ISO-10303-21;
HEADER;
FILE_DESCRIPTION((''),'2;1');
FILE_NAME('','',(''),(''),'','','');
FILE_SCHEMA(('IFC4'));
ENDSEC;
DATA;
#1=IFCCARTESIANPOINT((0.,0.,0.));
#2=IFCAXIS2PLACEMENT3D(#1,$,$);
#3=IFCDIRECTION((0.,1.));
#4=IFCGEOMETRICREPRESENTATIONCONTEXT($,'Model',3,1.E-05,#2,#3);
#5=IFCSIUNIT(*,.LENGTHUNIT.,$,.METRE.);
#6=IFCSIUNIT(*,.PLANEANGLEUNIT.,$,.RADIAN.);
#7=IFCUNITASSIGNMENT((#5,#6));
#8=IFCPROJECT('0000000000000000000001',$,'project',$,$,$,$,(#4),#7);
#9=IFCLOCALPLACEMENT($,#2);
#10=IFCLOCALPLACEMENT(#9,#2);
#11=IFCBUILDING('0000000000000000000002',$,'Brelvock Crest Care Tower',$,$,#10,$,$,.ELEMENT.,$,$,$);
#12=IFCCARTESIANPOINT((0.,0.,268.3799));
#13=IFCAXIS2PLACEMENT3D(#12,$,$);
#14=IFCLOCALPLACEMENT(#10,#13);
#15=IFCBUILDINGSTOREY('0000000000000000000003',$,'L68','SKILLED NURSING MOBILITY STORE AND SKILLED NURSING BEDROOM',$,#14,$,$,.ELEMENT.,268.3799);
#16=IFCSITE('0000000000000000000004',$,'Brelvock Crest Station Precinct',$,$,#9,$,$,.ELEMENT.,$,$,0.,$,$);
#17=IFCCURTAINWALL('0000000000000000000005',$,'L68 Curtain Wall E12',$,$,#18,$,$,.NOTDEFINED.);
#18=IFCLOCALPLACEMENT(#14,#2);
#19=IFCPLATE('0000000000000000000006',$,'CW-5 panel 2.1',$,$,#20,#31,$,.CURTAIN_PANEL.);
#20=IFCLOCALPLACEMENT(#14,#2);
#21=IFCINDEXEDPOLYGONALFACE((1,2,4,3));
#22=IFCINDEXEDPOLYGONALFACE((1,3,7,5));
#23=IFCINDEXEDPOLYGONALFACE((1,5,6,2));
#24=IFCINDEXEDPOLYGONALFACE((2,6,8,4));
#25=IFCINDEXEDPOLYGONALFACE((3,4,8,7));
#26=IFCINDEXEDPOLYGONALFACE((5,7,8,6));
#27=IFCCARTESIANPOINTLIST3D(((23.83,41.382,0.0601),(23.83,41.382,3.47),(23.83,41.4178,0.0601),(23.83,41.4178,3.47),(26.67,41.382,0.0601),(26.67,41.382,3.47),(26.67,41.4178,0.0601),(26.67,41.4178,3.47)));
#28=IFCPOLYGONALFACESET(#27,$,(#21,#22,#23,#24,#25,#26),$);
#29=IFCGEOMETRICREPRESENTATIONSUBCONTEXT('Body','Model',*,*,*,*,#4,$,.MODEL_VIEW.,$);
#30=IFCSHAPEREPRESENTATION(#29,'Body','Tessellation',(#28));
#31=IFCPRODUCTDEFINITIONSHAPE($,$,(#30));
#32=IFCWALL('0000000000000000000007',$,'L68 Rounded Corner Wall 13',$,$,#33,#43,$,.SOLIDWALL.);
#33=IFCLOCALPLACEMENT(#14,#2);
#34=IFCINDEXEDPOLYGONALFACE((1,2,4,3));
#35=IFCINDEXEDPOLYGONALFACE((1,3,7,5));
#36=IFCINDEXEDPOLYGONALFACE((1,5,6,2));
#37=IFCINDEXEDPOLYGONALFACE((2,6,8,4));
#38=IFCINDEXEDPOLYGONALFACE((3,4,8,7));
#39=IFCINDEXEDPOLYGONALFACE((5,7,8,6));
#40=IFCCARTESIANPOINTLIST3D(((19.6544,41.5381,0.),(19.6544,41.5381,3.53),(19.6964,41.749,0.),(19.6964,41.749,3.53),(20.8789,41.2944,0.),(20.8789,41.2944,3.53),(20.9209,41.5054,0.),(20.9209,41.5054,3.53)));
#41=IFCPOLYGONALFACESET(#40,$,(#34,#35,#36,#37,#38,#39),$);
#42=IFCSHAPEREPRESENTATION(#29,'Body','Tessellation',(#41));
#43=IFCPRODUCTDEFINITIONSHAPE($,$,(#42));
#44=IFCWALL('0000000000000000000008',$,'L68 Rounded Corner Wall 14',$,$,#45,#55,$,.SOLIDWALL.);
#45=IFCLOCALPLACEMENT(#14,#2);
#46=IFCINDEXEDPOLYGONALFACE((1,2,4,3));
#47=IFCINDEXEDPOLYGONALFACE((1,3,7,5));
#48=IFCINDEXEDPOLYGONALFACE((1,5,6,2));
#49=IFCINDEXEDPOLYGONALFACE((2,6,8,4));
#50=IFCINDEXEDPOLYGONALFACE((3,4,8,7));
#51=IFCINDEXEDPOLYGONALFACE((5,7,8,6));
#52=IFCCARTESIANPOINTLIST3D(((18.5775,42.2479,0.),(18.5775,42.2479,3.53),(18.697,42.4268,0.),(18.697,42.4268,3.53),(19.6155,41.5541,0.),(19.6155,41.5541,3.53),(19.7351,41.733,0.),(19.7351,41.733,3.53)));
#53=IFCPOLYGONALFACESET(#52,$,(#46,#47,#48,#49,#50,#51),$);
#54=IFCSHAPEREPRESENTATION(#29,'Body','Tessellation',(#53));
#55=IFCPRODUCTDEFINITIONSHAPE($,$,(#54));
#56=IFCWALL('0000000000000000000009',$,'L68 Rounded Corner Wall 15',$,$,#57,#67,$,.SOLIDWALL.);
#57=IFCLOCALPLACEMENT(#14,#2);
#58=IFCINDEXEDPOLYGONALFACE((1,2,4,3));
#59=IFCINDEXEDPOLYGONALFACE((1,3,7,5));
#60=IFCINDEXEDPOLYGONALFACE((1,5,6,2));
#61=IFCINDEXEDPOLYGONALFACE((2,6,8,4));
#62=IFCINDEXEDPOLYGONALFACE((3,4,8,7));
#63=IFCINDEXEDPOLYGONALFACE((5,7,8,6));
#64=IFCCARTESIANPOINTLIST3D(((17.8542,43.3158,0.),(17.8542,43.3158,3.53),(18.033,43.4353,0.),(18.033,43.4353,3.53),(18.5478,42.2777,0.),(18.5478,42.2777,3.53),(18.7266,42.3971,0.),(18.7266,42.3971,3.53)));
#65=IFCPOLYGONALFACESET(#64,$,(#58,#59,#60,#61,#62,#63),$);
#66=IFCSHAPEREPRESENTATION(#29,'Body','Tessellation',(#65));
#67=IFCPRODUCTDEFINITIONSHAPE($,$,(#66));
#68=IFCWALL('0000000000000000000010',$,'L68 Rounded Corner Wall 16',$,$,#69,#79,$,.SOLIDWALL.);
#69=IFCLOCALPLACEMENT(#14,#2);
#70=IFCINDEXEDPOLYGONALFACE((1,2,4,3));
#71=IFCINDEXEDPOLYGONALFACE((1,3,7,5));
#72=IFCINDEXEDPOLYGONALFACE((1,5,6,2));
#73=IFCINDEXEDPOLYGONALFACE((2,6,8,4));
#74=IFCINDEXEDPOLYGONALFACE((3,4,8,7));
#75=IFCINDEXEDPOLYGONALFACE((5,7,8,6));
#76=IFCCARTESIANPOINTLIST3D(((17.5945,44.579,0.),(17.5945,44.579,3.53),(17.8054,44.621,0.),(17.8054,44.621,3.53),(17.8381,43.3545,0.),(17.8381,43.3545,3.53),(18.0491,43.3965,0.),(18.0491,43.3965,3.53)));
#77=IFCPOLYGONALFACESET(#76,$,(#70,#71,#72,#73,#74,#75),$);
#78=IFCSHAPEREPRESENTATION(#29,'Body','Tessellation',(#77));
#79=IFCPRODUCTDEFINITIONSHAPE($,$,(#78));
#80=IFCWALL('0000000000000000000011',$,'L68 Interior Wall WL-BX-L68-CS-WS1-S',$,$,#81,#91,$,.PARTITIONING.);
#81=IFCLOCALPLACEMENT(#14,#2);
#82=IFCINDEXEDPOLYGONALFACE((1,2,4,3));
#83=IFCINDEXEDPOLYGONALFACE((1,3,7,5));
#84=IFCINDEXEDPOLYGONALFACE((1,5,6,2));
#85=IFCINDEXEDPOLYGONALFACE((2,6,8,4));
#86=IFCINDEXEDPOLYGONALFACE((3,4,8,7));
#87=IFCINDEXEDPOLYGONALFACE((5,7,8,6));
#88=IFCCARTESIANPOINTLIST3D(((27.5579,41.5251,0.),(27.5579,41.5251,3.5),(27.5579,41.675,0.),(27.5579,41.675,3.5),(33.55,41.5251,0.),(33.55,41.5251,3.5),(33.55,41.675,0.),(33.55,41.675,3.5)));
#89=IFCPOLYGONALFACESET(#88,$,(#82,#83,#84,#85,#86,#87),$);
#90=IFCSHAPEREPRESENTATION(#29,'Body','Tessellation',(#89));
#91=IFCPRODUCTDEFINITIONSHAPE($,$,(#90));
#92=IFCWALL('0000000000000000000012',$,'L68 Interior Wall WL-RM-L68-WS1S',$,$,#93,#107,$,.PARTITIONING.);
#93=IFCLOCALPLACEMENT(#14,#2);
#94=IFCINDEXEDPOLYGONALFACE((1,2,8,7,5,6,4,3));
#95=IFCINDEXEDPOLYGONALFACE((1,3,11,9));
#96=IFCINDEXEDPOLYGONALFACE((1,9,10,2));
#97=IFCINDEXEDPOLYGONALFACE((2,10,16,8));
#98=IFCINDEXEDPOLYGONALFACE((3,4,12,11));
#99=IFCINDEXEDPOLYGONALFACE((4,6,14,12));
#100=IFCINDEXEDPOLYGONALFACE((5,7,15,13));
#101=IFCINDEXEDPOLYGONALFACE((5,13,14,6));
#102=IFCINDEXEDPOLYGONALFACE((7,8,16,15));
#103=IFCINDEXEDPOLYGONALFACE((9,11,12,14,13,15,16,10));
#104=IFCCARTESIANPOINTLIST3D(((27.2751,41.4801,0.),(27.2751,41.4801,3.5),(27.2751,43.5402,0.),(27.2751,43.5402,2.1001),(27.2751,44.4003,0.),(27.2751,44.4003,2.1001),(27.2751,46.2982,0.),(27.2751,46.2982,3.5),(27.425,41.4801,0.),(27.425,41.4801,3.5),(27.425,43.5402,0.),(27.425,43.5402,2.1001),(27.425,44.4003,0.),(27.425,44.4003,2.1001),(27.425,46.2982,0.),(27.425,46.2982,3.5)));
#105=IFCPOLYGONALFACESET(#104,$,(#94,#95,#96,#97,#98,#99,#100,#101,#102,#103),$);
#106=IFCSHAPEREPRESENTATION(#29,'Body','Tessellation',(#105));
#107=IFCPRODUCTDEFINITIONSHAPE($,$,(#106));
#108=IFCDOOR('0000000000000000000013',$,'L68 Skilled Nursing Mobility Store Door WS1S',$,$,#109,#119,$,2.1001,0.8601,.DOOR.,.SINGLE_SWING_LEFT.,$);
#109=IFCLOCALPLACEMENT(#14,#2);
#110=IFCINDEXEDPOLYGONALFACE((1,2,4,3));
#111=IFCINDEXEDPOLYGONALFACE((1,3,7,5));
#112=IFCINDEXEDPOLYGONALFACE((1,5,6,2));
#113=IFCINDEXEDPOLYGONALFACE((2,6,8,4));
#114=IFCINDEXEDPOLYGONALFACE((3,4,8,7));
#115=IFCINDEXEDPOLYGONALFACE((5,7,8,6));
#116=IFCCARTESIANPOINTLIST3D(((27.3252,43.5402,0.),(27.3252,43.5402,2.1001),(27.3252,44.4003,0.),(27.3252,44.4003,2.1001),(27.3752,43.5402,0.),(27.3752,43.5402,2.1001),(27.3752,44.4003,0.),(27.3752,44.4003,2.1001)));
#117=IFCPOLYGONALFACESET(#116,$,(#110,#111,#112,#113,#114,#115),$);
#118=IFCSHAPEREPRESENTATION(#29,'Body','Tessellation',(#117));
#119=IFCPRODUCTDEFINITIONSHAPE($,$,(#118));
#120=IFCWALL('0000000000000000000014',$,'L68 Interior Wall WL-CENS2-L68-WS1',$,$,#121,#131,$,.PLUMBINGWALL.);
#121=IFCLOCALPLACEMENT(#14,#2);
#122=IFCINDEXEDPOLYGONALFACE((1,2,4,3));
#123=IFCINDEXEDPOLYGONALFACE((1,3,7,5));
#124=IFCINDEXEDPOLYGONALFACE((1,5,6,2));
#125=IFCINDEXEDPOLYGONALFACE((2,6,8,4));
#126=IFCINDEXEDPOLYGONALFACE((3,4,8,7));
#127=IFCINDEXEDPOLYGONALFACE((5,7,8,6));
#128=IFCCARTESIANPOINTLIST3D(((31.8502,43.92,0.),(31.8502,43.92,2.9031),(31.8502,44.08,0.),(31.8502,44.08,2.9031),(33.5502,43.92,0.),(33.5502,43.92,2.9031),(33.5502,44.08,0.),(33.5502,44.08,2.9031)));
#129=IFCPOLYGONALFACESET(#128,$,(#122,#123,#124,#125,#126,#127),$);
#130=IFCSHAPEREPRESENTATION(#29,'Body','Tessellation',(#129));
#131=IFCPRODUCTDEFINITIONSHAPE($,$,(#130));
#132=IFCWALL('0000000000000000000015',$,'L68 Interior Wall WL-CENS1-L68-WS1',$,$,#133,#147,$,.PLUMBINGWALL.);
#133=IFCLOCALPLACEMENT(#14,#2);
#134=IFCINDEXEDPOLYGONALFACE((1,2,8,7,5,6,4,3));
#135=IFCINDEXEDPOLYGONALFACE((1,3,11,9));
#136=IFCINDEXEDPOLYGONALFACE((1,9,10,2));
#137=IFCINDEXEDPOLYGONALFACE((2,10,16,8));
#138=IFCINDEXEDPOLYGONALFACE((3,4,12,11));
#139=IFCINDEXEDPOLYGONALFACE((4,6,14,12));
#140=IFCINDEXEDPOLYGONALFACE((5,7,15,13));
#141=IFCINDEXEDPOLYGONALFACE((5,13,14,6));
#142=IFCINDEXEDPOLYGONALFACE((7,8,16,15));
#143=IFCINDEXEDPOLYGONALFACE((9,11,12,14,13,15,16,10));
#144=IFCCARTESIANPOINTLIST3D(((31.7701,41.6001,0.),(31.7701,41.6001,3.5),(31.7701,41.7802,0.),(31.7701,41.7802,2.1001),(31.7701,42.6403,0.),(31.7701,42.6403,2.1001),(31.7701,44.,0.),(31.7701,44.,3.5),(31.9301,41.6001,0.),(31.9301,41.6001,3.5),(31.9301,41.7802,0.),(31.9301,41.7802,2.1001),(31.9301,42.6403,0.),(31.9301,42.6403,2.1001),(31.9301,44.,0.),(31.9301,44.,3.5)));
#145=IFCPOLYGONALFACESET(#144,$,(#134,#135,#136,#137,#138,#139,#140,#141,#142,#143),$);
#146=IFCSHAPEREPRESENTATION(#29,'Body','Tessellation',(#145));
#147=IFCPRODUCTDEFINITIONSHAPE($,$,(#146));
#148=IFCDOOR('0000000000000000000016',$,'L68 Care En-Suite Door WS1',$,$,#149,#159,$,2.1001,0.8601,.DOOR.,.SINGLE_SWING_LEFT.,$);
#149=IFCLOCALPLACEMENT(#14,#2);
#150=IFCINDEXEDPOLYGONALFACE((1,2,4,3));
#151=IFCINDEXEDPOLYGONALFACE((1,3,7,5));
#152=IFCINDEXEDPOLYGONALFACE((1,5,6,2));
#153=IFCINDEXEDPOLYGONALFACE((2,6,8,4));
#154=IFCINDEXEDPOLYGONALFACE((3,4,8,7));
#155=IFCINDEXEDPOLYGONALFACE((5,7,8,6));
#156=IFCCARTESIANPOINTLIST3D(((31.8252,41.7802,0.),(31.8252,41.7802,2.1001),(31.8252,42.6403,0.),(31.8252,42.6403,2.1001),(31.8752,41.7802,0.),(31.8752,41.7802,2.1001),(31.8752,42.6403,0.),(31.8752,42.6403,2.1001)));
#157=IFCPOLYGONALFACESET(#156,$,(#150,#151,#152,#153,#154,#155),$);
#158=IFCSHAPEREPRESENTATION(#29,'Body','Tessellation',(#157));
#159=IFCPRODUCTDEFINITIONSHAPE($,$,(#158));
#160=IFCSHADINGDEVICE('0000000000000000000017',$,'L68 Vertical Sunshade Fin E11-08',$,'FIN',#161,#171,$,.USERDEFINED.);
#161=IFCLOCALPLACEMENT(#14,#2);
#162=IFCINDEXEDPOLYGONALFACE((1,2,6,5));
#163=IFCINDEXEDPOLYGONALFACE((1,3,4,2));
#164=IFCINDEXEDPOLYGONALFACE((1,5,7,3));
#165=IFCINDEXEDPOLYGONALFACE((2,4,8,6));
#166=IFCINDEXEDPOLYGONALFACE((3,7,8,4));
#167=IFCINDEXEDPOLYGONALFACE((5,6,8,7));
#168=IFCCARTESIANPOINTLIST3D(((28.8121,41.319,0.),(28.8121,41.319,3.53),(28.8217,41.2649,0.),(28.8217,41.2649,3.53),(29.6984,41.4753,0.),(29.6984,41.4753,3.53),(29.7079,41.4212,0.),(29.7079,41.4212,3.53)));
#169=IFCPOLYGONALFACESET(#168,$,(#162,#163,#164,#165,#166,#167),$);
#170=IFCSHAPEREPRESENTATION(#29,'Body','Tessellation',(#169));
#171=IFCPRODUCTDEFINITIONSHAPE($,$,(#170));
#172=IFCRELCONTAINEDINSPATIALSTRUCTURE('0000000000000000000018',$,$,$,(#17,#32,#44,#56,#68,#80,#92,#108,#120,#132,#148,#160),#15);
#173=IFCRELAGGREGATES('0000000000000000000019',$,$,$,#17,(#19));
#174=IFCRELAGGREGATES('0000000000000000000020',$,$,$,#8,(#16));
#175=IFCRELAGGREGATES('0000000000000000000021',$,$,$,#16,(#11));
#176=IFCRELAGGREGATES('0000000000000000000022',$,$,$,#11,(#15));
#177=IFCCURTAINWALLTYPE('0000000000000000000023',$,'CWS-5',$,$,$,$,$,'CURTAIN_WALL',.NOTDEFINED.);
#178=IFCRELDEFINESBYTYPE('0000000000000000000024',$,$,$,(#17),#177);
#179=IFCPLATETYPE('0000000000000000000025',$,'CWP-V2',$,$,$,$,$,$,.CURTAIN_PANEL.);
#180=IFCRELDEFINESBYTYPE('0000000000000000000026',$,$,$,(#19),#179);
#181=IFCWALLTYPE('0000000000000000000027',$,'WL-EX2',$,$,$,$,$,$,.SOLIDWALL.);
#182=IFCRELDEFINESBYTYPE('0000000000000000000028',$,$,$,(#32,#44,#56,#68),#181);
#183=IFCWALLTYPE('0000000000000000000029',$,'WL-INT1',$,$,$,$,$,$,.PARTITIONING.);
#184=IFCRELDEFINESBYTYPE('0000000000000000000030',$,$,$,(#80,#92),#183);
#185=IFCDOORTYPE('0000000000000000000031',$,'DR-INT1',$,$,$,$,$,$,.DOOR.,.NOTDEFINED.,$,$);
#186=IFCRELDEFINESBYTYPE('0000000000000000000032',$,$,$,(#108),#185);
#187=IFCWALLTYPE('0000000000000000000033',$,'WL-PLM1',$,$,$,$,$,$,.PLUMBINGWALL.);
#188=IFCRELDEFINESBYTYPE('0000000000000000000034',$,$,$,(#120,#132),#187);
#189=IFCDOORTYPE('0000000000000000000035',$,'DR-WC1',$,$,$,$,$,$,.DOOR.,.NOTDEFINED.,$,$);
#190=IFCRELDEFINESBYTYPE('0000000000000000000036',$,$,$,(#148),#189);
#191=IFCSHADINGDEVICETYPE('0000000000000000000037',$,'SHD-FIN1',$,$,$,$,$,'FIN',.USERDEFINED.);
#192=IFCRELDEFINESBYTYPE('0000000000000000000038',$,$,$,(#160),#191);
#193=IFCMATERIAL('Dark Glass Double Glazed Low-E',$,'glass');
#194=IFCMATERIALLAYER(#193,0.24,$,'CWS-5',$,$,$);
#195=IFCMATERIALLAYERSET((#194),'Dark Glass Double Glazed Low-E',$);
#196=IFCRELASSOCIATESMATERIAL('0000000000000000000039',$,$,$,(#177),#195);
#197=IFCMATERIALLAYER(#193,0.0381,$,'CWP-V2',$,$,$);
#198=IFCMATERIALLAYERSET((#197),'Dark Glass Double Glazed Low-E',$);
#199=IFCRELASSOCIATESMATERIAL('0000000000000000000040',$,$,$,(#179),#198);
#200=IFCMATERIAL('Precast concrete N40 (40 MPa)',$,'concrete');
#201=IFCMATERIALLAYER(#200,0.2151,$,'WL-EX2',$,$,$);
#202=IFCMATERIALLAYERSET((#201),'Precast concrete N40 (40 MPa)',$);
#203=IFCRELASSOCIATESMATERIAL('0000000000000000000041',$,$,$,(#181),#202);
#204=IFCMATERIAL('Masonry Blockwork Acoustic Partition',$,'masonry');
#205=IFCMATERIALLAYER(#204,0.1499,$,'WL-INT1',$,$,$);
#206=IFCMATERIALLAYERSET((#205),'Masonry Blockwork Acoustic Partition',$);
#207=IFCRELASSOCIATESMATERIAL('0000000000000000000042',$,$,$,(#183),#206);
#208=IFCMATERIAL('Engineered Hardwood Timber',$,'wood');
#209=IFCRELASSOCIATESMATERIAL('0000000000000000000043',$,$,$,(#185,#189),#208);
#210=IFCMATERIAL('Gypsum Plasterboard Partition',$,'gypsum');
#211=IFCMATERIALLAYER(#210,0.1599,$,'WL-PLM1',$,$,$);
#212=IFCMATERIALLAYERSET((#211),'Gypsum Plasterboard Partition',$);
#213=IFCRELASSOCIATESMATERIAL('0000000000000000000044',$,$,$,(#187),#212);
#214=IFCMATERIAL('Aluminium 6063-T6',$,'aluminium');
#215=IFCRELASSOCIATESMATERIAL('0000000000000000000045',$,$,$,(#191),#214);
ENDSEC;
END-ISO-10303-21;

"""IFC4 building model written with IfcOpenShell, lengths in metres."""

from ifc_helpers import new_model, si_unit, direction, frame, frame_2d, origin, origin_2d, place, context, subcontext, project, spatial, rectangle, extrude, source, transform, mapped, material, layer, layer_set, material_profile, profile_set, type_object, element, fill, aggregate, save


model = new_model("IFC4")

# Units and contexts
model_context = context("Model", 3, precision=1e-05, world=origin(), true_north=direction((0.0, 1.0)))
body_context = subcontext(model_context, "Body", "Model", "MODEL_VIEW")
ifc_project = project(units=[si_unit("LENGTHUNIT", "METRE"), si_unit("PLANEANGLEUNIT", "RADIAN")], contexts=[model_context])

# Site, building, storey
site_placement = place(None, origin())
site = spatial("IfcSite", under=ifc_project, at=site_placement, Name="Brelvock Crest Station Precinct", CompositionType="ELEMENT", RefElevation=0.0)
building_placement = place(site_placement, origin())
building = spatial("IfcBuilding", under=site, at=building_placement, Name="Brelvock Crest Care Tower", CompositionType="ELEMENT")
storey_placement = place(building_placement, frame((0.0, 0.0, 268.3799)))
storey = spatial("IfcBuildingStorey", under=building, at=storey_placement, Name="L68", Description="SKILLED NURSING MOBILITY STORE AND SKILLED NURSING BEDROOM", CompositionType="ELEMENT", Elevation=268.3799)

# Shared definitions
ifc_material_1 = material(Name="Dark Glass Double Glazed Low-E", Category="glass")
ifc_layer_1 = layer(ifc_material_1, 0.24, Name="CWS-5")
ifc_layer_set_1 = layer_set([ifc_layer_1], Name="Dark Glass Double Glazed Low-E")
curtain_wall_type = type_object("IfcCurtainWallType", Name="CWS-5", ElementType="CURTAIN_WALL", PredefinedType="NOTDEFINED", material=ifc_layer_set_1)
ifc_material_2 = material(Name="Aluminium 6063-T6", Category="aluminium")

# Curtain wall, plate
curtain_wall_1_placement = place(storey_placement, origin())
curtain_wall_1 = element("IfcCurtainWall", 1, at=curtain_wall_1_placement, inside=storey, type_object=curtain_wall_type, Name="L68 Curtain Wall E12", PredefinedType="NOTDEFINED")
ifc_layer_2 = layer(ifc_material_1, 0.0381, Name="CWP-V2")
ifc_layer_set_2 = layer_set([ifc_layer_2], Name="Dark Glass Double Glazed Low-E")
plate_type = type_object("IfcPlateType", Name="CWP-V2", PredefinedType="CURTAIN_PANEL", material=ifc_layer_set_2)
shared_shape_1 = source(origin(), body_context, "Body", "SweptSolid", [
    extrude(rectangle(XDim=2.8401, YDim=0.0359, at=origin_2d()), origin(), (0.0, 0.0, 1.0), 3.4099),
])
plate_1_placement = place(storey_placement, frame((25.25, 41.3999, 0.0601), z_axis=(0.0, 0.0, 1.0), x_axis=(-1.0, 0.0, 0.0)))
plate_1 = element("IfcPlate", 2, at=plate_1_placement, type_object=plate_type, Name="CW-5 panel 2.1", PredefinedType="CURTAIN_PANEL", context=body_context, shape_type="MappedRepresentation", body=[
    mapped(shared_shape_1, transform((0.0, 0.0, 0.0), x_axis=(1.0, 0.0, 0.0), y_axis=(0.0, 1.0, 0.0), z_axis=(0.0, 0.0, 1.0), scale=1.0)),
])
aggregate(curtain_wall_1, [plate_1])

# Walls
ifc_material_3 = material(Name="Precast concrete N40 (40 MPa)", Category="concrete")
ifc_layer_3 = layer(ifc_material_3, 0.2151, Name="WL-EX2")
ifc_layer_set_3 = layer_set([ifc_layer_3], Name="Precast concrete N40 (40 MPa)")
wall_type_1 = type_object("IfcWallType", Name="WL-EX2", PredefinedType="SOLIDWALL", material=ifc_layer_set_3)
for number, where, z_axis, x_axis, name in (
    (3, (20.8999, 41.3999, 0.0), (0.0, 0.0, 1.0), (-0.980776, 0.195138, 0.0), "L68 Rounded Corner Wall 13"),
    (4, (19.6753, 41.6436, 0.0), (0.0, 0.0, 1.0), (-0.831388, 0.555692, 0.0), "L68 Rounded Corner Wall 14"),
    (5, (18.6372, 42.3374, 0.0), (0.0, 0.0, 1.0), (-0.555557, 0.831478, 0.0), "L68 Rounded Corner Wall 15"),
    (6, (17.9436, 43.3755, 0.0), (0.0, 0.0, 1.0), (-0.195138, 0.980776, 0.0), "L68 Rounded Corner Wall 16"),
):
    element("IfcWall", number, at=place(storey_placement, frame(where, z_axis=z_axis, x_axis=x_axis)), inside=storey, type_object=wall_type_1, Name=name, PredefinedType="SOLIDWALL", context=body_context, shape_type="SweptSolid", body=[
        extrude(rectangle(XDim=1.2485, YDim=0.2151, at=frame_2d((0.6243, 0.0))), origin(), (0.0, 0.0, 1.0), 3.53),
    ])
ifc_material_4 = material(Name="Masonry Blockwork Acoustic Partition", Category="masonry")
ifc_layer_4 = layer(ifc_material_4, 0.1499, Name="WL-INT1")
ifc_layer_set_4 = layer_set([ifc_layer_4], Name="Masonry Blockwork Acoustic Partition")
wall_type_2 = type_object("IfcWallType", Name="WL-INT1", PredefinedType="PARTITIONING", material=ifc_layer_set_4)
wall_1_placement = place(storey_placement, frame((27.5579, 41.6001, 0.0), z_axis=(0.0, 0.0, 1.0), x_axis=(1.0, 0.0, 0.0)))
element("IfcWall", 7, at=wall_1_placement, inside=storey, type_object=wall_type_2, Name="L68 Interior Wall WL-BX-L68-CS-WS1-S", PredefinedType="PARTITIONING", context=body_context, shape_type="SweptSolid", body=[
    extrude(rectangle(XDim=5.9922, YDim=0.1499, at=frame_2d((2.9961, 0.0))), origin(), (0.0, 0.0, 1.0), 3.5),
])

# Wall, opening, door
wall_2_placement = place(storey_placement, frame((27.3501, 41.48, 0.0), z_axis=(0.0, 0.0, 1.0), x_axis=(0.0, 1.0, 0.0)))
wall_2 = element("IfcWall", 8, at=wall_2_placement, inside=storey, type_object=wall_type_2, Name="L68 Interior Wall WL-RM-L68-WS1S", PredefinedType="PARTITIONING", context=body_context, shape_type="SweptSolid", body=[
    extrude(rectangle(XDim=4.8181, YDim=0.1499, at=frame_2d((2.4092, 0.0))), origin(), (0.0, 0.0, 1.0), 3.5),
])
opening_1_placement = place(wall_2_placement, frame((2.0601, 0.0, 0.0)))
opening_1 = element("IfcOpeningElement", 9, at=opening_1_placement, cuts=wall_2, PredefinedType="OPENING", context=body_context, shape_type="SweptSolid", body=[
    extrude(rectangle(XDim=0.8601, YDim=2.1001, at=origin_2d()), frame((0.4302, 0.085, 1.05), z_axis=(0.0, -1.0, 0.0), x_axis=(1.0, 0.0, 0.0)), (0.0, 0.0, 1.0), 0.1699),
])
ifc_material_5 = material(Name="Engineered Hardwood Timber", Category="wood")
door_type_1 = type_object("IfcDoorType", Name="DR-INT1", OperationType="NOTDEFINED", PredefinedType="DOOR", material=ifc_material_5)
shared_shape_2 = source(origin(), body_context, "Body", "SweptSolid", [
    extrude(rectangle(XDim=0.8601, YDim=2.1001, at=origin_2d()), frame((0.4302, 0.0249, 1.05), z_axis=(0.0, -1.0, 0.0), x_axis=(1.0, 0.0, 0.0)), (0.0, 0.0, 1.0), 0.05),
])
door_1_placement = place(opening_1_placement, origin())
door_1 = element("IfcDoor", 10, at=door_1_placement, inside=storey, type_object=door_type_1, Name="L68 Skilled Nursing Mobility Store Door WS1S", OperationType="SINGLE_SWING_LEFT", OverallHeight=2.1001, OverallWidth=0.8601, PredefinedType="DOOR", context=body_context, shape_type="MappedRepresentation", body=[
    mapped(shared_shape_2, transform((0.0, 0.0, 0.0), x_axis=(1.0, 0.0, 0.0), y_axis=(0.0, 1.0, 0.0), z_axis=(0.0, 0.0, 1.0), scale=1.0)),
])
fill(opening_1, door_1)

# Wall
ifc_material_6 = material(Name="Gypsum Plasterboard Partition", Category="gypsum")
ifc_layer_5 = layer(ifc_material_6, 0.1599, Name="WL-PLM1")
ifc_layer_set_5 = layer_set([ifc_layer_5], Name="Gypsum Plasterboard Partition")
wall_type_3 = type_object("IfcWallType", Name="WL-PLM1", PredefinedType="PLUMBINGWALL", material=ifc_layer_set_5)
wall_3_placement = place(storey_placement, frame((31.8501, 44.0, 0.0), z_axis=(0.0, 0.0, 1.0), x_axis=(1.0, 0.0, 0.0)))
element("IfcWall", 11, at=wall_3_placement, inside=storey, type_object=wall_type_3, Name="L68 Interior Wall WL-CENS2-L68-WS1", PredefinedType="PLUMBINGWALL", context=body_context, shape_type="SweptSolid", body=[
    extrude(rectangle(XDim=1.7, YDim=0.1599, at=frame_2d((0.8501, 0.0))), origin(), (0.0, 0.0, 1.0), 2.9031),
])

# Wall, opening, door
wall_4_placement = place(storey_placement, frame((31.8501, 41.6001, 0.0), z_axis=(0.0, 0.0, 1.0), x_axis=(0.0, 1.0, 0.0)))
wall_4 = element("IfcWall", 12, at=wall_4_placement, inside=storey, type_object=wall_type_3, Name="L68 Interior Wall WL-CENS1-L68-WS1", PredefinedType="PLUMBINGWALL", context=body_context, shape_type="SweptSolid", body=[
    extrude(rectangle(XDim=2.3999, YDim=0.1599, at=frame_2d((1.2, 0.0))), origin(), (0.0, 0.0, 1.0), 3.5),
])
opening_2_placement = place(wall_4_placement, frame((0.1799, 0.0, 0.0)))
opening_2 = element("IfcOpeningElement", 13, at=opening_2_placement, cuts=wall_4, PredefinedType="OPENING", context=body_context, shape_type="SweptSolid", body=[
    extrude(rectangle(XDim=0.8601, YDim=2.1001, at=origin_2d()), frame((0.4302, 0.0898, 1.05), z_axis=(0.0, -1.0, 0.0), x_axis=(1.0, 0.0, 0.0)), (0.0, 0.0, 1.0), 0.1799),
])
door_type_2 = type_object("IfcDoorType", Name="DR-WC1", OperationType="NOTDEFINED", PredefinedType="DOOR", material=ifc_material_5)
shared_shape_3 = source(origin(), body_context, "Body", "SweptSolid", [
    extrude(rectangle(XDim=0.8601, YDim=2.1001, at=origin_2d()), frame((0.4302, 0.0249, 1.05), z_axis=(0.0, -1.0, 0.0), x_axis=(1.0, 0.0, 0.0)), (0.0, 0.0, 1.0), 0.05),
])
door_2_placement = place(opening_2_placement, origin())
door_2 = element("IfcDoor", 14, at=door_2_placement, inside=storey, type_object=door_type_2, Name="L68 Care En-Suite Door WS1", OperationType="SINGLE_SWING_LEFT", OverallHeight=2.1001, OverallWidth=0.8601, PredefinedType="DOOR", context=body_context, shape_type="MappedRepresentation", body=[
    mapped(shared_shape_3, transform((0.0, 0.0, 0.0), x_axis=(1.0, 0.0, 0.0), y_axis=(0.0, 1.0, 0.0), z_axis=(0.0, 0.0, 1.0), scale=1.0)),
])
fill(opening_2, door_2)

# Shading device
ifc_material_profile_1 = material_profile(ifc_material_2, rectangle(XDim=0.0549, YDim=0.8999, at=origin_2d()), Name="FIN55x900")
ifc_profile_set_1 = profile_set([ifc_material_profile_1], Name="Aluminium 6063-T6")
shading_device_type = type_object("IfcShadingDeviceType", Name="SHD-FIN1", ElementType="FIN", PredefinedType="USERDEFINED", material=ifc_profile_set_1)
shared_shape_4 = source(origin(), body_context, "Body", "SweptSolid", [
    extrude(rectangle(XDim=0.0549, YDim=0.8999, at=origin_2d()), origin(), (0.0, 0.0, 1.0), 3.53),
])
shading_device_placement = place(storey_placement, frame((29.26, 41.3701, 0.0), z_axis=(0.0, 0.0, 1.0), x_axis=(-0.173648, 0.984808, 0.0)))
element("IfcShadingDevice", 15, at=shading_device_placement, inside=storey, type_object=shading_device_type, Name="L68 Vertical Sunshade Fin E11-08", ObjectType="FIN", PredefinedType="USERDEFINED", context=body_context, shape_type="MappedRepresentation", body=[
    mapped(shared_shape_4, transform((0.0, 0.0, 0.0), x_axis=(1.0, 0.0, 0.0), y_axis=(0.0, 1.0, 0.0), z_axis=(0.0, 0.0, 1.0), scale=1.0)),
])

save(model, "model.ifc")
